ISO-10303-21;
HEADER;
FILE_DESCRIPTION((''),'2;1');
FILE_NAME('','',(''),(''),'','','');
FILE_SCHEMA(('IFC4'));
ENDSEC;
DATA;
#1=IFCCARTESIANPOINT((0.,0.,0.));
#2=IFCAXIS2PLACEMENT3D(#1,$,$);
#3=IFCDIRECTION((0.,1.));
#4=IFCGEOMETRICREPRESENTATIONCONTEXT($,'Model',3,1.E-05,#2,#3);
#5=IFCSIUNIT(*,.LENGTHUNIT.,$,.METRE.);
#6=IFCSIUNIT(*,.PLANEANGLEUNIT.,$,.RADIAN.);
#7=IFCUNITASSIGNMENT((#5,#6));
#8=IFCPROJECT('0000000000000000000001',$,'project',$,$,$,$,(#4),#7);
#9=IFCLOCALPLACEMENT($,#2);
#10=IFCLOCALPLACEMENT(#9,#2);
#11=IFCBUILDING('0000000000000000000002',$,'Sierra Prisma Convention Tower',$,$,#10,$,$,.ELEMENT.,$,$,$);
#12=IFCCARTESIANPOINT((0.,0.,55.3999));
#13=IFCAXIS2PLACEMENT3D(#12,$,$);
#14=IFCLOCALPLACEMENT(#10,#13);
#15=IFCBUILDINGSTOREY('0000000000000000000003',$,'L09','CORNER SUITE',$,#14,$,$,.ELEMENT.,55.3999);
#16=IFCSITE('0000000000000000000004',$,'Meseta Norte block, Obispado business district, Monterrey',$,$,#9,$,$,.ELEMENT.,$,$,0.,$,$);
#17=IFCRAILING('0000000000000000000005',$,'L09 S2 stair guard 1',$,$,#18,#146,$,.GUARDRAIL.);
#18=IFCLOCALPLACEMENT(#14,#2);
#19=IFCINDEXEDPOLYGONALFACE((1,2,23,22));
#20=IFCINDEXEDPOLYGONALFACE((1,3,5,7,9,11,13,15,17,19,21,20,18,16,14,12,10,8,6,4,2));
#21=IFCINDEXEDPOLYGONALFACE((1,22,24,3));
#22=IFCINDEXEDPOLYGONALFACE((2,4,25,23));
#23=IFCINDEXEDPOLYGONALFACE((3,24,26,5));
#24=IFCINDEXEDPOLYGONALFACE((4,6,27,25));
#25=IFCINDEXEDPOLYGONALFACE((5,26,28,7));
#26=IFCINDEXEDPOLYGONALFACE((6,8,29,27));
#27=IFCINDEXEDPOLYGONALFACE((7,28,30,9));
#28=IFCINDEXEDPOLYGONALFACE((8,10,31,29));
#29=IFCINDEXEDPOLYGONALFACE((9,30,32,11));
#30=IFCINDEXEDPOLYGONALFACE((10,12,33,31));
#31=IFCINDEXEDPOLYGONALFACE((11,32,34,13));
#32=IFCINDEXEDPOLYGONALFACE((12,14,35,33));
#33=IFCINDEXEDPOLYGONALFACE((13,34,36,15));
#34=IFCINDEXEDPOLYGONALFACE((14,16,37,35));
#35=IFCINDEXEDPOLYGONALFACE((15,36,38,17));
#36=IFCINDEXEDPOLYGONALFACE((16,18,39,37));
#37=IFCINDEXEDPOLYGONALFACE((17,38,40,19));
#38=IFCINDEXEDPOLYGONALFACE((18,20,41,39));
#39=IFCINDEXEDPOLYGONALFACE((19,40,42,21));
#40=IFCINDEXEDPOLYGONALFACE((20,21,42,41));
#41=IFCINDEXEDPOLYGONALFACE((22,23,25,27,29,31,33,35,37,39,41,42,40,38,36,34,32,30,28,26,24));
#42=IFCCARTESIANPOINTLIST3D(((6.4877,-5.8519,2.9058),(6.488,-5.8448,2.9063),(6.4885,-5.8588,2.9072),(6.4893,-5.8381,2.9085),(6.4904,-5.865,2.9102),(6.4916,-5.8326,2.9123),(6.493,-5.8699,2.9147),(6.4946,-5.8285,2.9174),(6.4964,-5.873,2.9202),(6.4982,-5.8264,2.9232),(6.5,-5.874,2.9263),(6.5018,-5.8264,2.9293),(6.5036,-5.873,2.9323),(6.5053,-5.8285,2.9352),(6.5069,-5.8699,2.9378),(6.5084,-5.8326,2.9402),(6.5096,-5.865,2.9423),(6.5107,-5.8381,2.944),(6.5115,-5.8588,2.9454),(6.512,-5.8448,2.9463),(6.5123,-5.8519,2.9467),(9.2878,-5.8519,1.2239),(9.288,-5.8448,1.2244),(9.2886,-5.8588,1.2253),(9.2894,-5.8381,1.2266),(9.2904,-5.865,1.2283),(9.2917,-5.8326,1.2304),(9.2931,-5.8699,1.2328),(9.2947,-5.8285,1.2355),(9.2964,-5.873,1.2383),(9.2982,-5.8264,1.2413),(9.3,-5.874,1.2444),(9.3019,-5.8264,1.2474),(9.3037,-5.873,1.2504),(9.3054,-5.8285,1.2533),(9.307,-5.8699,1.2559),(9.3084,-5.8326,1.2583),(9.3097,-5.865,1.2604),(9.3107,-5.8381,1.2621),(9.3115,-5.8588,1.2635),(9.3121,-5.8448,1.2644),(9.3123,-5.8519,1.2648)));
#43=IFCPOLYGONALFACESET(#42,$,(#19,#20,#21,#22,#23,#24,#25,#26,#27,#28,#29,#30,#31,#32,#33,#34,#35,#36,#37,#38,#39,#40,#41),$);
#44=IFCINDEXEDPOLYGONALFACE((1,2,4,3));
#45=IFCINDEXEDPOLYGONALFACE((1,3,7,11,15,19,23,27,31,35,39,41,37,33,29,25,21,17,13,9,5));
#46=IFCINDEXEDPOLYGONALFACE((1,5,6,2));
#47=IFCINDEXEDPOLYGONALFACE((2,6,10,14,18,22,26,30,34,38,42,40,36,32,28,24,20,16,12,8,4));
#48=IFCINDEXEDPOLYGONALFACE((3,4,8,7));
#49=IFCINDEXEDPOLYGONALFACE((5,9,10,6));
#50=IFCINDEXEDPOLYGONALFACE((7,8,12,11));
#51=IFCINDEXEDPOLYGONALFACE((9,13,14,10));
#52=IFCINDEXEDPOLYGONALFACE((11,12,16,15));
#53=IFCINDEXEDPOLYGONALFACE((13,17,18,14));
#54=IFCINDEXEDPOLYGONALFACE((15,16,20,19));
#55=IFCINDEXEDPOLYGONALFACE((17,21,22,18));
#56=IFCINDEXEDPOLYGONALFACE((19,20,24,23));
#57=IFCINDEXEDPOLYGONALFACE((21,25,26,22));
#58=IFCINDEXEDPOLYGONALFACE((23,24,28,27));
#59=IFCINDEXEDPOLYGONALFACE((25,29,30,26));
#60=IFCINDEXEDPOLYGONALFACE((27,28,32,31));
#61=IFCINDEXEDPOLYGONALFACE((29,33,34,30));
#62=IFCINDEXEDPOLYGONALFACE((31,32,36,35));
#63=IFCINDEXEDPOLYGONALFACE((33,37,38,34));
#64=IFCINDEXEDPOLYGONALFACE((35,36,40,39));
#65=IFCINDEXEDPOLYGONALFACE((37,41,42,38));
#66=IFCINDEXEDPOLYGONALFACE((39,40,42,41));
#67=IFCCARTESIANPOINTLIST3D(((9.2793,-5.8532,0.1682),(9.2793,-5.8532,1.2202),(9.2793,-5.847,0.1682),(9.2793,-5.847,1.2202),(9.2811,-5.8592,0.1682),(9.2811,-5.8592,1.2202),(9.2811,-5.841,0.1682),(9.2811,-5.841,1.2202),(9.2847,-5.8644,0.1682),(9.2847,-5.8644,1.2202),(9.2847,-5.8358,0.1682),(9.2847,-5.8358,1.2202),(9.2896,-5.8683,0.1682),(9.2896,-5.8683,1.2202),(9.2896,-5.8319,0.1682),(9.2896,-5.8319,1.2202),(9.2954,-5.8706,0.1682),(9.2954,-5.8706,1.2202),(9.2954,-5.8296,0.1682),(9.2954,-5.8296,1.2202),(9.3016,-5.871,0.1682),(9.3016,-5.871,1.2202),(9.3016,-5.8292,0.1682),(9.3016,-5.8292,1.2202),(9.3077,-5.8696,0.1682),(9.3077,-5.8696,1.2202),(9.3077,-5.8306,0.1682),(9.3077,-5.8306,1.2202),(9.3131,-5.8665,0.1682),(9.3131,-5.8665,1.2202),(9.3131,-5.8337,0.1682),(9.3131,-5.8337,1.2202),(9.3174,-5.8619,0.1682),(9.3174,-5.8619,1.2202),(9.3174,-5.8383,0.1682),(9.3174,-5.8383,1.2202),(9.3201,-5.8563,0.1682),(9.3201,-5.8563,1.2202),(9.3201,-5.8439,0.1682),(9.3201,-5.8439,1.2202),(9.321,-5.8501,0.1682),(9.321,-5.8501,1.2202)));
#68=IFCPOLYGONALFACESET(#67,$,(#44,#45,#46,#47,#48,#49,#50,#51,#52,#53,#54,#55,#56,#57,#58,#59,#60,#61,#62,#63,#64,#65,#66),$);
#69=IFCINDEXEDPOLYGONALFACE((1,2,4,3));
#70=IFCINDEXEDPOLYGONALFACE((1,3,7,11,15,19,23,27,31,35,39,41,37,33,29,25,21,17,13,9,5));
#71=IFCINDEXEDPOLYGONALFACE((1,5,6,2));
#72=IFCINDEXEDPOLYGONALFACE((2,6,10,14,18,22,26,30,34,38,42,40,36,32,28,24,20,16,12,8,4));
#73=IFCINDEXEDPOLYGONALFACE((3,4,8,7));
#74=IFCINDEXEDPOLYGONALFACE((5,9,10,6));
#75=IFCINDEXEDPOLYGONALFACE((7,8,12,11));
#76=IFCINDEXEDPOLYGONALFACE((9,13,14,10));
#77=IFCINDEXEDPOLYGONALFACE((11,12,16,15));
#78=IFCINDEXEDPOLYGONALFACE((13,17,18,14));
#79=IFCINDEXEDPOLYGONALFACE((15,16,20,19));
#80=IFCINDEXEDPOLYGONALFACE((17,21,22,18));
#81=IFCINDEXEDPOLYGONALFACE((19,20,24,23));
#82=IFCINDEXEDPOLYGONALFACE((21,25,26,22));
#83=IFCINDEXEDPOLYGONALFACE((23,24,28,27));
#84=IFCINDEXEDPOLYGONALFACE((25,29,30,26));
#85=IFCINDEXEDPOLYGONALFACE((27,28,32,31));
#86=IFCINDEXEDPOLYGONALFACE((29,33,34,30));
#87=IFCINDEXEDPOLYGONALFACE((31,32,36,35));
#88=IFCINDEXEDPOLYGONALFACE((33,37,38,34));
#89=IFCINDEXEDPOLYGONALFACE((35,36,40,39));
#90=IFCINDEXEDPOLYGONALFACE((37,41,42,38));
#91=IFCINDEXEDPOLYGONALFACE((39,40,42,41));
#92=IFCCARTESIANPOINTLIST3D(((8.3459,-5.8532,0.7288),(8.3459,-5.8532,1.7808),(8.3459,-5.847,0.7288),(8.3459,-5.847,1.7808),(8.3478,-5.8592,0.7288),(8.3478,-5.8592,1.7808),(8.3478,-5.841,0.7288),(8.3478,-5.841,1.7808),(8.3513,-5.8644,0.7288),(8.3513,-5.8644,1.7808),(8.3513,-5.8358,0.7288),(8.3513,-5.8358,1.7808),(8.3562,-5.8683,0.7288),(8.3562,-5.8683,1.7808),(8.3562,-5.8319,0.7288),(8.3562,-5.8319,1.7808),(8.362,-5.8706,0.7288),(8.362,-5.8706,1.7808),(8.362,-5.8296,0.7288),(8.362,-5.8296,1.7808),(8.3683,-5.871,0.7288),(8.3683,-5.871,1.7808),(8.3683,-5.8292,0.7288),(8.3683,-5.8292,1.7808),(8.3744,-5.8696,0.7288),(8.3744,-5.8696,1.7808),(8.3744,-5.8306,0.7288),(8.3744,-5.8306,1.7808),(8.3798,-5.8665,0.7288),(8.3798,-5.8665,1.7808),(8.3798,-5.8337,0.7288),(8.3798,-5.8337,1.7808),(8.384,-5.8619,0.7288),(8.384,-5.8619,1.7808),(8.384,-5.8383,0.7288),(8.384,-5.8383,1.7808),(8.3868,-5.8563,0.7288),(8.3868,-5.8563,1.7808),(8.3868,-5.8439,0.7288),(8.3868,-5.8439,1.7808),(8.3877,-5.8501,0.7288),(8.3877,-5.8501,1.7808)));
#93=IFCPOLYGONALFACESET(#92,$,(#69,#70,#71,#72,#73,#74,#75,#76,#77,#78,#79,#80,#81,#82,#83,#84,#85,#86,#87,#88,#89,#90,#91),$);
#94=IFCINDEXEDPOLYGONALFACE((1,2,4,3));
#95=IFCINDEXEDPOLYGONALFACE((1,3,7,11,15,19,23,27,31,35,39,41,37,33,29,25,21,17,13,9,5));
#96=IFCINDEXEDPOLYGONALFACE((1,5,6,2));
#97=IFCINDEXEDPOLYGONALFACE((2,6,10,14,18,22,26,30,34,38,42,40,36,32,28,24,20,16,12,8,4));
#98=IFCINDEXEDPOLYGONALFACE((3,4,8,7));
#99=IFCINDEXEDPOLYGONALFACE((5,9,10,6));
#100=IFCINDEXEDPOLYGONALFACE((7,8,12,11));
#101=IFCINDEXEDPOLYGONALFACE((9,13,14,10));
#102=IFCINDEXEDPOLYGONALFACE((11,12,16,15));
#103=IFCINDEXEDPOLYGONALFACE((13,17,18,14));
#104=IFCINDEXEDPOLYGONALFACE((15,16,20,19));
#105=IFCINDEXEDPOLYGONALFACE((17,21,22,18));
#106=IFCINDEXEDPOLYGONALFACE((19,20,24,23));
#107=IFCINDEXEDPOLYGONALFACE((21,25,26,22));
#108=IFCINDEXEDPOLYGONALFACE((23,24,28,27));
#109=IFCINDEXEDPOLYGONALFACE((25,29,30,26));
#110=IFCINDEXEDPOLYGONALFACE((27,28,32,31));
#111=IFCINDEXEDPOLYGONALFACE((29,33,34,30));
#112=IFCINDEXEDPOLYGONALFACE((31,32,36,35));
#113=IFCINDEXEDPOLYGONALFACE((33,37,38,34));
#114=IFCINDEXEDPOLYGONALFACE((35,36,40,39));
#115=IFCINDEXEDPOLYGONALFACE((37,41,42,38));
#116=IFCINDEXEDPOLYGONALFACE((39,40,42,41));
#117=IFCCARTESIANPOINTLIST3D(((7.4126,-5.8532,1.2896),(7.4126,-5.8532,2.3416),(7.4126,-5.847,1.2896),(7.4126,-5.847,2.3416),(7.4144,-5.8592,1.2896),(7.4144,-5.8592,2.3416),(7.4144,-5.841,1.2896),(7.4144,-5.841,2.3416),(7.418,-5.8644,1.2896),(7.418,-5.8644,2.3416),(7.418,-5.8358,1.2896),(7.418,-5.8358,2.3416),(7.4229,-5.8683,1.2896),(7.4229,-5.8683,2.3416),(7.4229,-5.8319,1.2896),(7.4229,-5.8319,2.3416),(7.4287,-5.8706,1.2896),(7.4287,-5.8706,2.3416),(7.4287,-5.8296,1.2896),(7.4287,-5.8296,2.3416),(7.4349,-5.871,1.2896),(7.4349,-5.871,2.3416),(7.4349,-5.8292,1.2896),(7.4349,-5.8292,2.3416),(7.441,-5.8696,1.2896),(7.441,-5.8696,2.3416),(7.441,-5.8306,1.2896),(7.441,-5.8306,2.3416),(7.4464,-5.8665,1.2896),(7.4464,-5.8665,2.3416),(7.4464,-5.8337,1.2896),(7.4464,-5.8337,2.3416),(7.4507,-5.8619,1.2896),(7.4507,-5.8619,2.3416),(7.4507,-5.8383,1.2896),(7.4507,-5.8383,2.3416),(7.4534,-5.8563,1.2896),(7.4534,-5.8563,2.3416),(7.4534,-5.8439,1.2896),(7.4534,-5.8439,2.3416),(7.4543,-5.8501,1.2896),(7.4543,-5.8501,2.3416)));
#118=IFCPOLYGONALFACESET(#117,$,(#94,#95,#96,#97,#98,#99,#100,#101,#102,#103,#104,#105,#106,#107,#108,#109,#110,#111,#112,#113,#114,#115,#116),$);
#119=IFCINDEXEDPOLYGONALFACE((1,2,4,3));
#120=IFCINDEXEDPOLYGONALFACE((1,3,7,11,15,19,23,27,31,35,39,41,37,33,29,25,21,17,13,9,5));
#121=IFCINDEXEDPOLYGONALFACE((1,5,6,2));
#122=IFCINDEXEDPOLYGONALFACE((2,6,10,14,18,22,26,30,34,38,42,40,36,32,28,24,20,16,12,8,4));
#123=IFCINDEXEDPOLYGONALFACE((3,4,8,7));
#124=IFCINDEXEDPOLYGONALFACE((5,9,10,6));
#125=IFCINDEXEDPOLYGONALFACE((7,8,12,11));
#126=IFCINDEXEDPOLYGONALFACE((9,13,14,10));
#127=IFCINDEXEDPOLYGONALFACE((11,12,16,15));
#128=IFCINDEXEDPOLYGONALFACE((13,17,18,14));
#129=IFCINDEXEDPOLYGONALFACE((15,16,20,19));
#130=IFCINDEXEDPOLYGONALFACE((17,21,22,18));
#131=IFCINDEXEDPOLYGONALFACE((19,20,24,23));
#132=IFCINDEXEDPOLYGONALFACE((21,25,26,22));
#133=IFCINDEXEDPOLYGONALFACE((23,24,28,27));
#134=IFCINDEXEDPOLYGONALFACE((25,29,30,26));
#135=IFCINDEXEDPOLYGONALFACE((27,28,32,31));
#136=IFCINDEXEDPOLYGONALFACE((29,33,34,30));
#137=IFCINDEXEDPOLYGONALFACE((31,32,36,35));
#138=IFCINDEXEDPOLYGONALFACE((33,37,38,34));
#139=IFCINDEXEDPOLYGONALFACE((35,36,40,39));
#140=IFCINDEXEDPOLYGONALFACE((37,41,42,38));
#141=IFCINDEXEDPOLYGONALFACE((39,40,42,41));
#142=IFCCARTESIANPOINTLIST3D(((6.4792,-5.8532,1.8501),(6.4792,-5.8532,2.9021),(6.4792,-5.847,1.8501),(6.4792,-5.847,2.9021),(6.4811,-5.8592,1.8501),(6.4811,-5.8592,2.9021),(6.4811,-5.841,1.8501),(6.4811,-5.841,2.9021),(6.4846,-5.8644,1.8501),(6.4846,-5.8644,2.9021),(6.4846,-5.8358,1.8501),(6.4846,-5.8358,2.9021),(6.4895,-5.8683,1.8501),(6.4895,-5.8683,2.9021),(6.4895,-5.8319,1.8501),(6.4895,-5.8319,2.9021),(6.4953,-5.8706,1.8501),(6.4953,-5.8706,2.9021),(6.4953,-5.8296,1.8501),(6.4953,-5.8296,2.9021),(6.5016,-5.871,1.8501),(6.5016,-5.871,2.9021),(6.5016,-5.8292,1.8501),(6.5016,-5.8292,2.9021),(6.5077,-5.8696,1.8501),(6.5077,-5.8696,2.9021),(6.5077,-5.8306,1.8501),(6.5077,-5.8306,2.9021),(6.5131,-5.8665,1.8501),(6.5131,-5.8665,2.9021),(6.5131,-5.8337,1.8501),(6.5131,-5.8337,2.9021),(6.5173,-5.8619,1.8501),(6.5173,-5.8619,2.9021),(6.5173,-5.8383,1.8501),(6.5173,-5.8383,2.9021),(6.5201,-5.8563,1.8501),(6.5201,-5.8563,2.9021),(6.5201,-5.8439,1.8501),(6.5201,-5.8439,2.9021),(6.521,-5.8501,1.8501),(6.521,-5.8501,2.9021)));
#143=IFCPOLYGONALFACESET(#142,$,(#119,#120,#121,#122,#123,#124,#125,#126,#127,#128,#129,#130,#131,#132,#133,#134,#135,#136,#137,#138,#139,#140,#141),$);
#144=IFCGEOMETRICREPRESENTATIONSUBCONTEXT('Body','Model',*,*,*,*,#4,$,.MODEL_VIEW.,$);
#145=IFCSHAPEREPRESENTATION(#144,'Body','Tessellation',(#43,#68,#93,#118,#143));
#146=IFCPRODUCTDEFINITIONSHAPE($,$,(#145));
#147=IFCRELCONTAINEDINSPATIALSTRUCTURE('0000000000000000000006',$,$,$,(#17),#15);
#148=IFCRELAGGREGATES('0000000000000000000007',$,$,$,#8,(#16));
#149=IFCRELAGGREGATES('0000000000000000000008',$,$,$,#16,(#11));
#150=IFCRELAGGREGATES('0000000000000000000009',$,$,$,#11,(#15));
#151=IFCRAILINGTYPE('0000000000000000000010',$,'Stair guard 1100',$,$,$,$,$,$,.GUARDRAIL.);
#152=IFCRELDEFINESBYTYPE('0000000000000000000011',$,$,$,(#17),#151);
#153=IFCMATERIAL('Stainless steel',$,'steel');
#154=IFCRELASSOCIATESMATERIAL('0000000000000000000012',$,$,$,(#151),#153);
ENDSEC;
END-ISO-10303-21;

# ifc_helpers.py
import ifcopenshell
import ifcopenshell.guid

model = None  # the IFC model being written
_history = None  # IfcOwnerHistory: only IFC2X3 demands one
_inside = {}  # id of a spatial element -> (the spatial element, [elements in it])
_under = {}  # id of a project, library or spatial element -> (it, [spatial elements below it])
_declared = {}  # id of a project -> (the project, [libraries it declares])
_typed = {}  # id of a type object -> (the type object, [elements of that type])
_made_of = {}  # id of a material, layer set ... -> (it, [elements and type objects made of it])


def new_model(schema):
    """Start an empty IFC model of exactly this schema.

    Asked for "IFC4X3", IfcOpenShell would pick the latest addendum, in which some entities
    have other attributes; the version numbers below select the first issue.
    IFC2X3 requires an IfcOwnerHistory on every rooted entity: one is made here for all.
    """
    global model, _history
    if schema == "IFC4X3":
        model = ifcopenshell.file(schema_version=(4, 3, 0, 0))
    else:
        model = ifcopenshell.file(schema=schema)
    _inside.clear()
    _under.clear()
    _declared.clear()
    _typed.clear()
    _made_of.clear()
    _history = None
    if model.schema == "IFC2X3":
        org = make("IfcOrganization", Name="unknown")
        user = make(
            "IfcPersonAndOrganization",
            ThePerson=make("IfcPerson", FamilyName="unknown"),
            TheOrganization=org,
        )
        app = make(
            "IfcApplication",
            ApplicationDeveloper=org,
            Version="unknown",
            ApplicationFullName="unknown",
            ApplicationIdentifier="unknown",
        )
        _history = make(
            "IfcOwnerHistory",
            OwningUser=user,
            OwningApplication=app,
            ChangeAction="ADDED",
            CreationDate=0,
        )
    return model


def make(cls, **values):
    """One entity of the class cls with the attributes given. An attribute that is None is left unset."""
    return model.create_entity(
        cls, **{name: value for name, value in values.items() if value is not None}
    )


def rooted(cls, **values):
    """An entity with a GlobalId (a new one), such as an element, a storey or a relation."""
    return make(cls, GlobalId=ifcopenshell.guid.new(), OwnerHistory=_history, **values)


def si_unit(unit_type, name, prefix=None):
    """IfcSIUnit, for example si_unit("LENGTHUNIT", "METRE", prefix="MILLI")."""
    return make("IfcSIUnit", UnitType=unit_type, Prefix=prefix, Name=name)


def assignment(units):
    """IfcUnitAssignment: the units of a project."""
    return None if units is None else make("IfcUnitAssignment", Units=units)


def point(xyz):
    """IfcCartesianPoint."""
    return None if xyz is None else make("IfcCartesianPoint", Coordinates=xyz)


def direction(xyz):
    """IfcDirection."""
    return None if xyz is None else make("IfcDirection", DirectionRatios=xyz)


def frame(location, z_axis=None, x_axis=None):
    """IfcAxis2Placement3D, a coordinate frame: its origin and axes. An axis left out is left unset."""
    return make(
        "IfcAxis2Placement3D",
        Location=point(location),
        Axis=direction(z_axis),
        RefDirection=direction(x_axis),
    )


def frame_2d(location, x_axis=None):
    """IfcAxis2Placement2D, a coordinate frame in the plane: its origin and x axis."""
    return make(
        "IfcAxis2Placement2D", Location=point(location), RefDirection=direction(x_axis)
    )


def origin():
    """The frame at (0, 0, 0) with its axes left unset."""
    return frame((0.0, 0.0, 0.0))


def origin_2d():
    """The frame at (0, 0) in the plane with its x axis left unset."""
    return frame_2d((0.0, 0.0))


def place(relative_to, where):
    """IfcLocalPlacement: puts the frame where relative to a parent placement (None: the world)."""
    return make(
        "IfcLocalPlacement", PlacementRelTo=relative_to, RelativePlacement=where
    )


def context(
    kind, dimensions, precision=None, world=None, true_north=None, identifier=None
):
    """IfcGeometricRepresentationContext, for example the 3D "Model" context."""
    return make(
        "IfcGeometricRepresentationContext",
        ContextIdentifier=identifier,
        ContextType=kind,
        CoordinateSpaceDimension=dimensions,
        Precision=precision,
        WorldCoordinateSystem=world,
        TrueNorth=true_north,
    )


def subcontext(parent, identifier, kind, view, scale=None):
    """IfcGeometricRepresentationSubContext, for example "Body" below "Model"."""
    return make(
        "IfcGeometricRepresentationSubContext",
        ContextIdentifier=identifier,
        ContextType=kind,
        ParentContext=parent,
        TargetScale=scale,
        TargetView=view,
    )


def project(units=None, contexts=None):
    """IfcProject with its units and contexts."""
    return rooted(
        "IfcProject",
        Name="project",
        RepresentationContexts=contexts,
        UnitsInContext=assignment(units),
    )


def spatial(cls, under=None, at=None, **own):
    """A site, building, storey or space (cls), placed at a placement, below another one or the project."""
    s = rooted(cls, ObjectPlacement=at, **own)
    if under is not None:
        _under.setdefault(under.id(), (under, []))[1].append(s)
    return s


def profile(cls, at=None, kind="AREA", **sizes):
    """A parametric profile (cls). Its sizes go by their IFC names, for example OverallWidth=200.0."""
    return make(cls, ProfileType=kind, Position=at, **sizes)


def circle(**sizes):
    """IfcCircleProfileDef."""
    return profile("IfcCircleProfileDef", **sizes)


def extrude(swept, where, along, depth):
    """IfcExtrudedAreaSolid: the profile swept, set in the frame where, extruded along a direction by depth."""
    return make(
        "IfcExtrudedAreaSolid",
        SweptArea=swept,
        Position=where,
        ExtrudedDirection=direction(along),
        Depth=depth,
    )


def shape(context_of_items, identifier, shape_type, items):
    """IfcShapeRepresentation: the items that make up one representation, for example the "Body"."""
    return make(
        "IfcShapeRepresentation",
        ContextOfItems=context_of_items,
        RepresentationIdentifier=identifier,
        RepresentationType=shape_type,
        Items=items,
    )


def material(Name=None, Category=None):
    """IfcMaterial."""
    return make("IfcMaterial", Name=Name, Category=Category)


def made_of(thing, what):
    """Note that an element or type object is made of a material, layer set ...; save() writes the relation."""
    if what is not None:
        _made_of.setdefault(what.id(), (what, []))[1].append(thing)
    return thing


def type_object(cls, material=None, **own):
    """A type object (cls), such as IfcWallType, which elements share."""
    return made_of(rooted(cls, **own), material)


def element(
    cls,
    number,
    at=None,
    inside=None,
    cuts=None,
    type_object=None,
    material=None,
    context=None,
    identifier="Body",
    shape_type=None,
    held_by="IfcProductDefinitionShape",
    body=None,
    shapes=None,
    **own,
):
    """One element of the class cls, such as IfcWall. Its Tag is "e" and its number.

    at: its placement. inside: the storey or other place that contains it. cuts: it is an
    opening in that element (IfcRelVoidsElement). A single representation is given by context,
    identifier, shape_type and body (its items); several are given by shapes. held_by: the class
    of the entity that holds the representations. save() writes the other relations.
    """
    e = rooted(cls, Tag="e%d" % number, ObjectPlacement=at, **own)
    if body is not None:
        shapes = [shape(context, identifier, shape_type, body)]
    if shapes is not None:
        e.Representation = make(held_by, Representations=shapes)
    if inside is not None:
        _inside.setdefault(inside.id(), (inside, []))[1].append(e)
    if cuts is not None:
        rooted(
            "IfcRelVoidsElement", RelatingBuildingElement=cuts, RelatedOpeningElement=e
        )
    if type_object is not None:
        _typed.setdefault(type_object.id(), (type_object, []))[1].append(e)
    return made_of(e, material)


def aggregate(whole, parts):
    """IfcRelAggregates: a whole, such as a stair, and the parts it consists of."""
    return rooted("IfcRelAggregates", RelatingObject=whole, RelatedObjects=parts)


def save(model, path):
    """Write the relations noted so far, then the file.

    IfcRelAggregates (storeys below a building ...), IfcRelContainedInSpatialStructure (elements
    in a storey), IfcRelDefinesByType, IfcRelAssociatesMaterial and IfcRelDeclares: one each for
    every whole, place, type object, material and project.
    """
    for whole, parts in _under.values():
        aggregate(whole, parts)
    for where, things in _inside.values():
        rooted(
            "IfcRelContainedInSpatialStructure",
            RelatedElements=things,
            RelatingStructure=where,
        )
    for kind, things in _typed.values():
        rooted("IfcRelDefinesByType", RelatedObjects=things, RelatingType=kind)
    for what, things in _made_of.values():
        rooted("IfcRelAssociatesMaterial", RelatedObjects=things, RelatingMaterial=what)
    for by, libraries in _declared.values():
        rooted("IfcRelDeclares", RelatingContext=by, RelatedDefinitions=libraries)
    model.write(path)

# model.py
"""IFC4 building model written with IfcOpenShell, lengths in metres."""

from ifc_helpers import new_model, si_unit, direction, frame, origin, origin_2d, place, context, subcontext, project, spatial, circle, extrude, material, type_object, element, save


model = new_model("IFC4")

# Units and contexts
model_context = context("Model", 3, precision=1e-05, world=origin(), true_north=direction((0.0, 1.0)))
body_context = subcontext(model_context, "Body", "Model", "MODEL_VIEW")
ifc_project = project(units=[si_unit("LENGTHUNIT", "METRE"), si_unit("PLANEANGLEUNIT", "RADIAN")], contexts=[model_context])

# Site, building, storey
site_placement = place(None, origin())
site = spatial("IfcSite", under=ifc_project, at=site_placement, Name="Meseta Norte block, Obispado business district, Monterrey", CompositionType="ELEMENT", RefElevation=0.0)
building_placement = place(site_placement, origin())
building = spatial("IfcBuilding", under=site, at=building_placement, Name="Sierra Prisma Convention Tower", CompositionType="ELEMENT")
storey_placement = place(building_placement, frame((0.0, 0.0, 55.3999)))
storey = spatial("IfcBuildingStorey", under=building, at=storey_placement, Name="L09", Description="CORNER SUITE", CompositionType="ELEMENT", Elevation=55.3999)

# Railing
ifc_material_1 = material(Name="Stainless steel", Category="steel")
railing_type_1 = type_object("IfcRailingType", Name="Stair guard 1100", PredefinedType="GUARDRAIL", material=ifc_material_1)
railing_1_placement = place(storey_placement, frame((9.3, -5.8501, 0.1682)))
element("IfcRailing", 1, at=railing_1_placement, inside=storey, type_object=railing_type_1, Name="L09 S2 stair guard 1", PredefinedType="GUARDRAIL", context=body_context, shape_type="SweptSolid", body=[
    extrude(circle(Radius=0.0239, at=origin_2d()), frame((0.0, 0.0, 1.0762), z_axis=(-0.857242, 0.0, 0.514913), x_axis=(0.0, -1.0, 0.0)), (0.0, 0.0, 1.0), 3.2664),
    extrude(circle(Radius=0.021, at=origin_2d()), origin(), (0.0, 0.0, 1.0), 1.052),
    extrude(circle(Radius=0.021, at=origin_2d()), frame((-0.9333, 0.0, 0.5605)), (0.0, 0.0, 1.0), 1.052),
    extrude(circle(Radius=0.021, at=origin_2d()), frame((-1.8667, 0.0, 1.1213)), (0.0, 0.0, 1.0), 1.052),
    extrude(circle(Radius=0.021, at=origin_2d()), frame((-2.8, 0.0, 1.6819)), (0.0, 0.0, 1.0), 1.052),
])

save(model, "model.ifc")
